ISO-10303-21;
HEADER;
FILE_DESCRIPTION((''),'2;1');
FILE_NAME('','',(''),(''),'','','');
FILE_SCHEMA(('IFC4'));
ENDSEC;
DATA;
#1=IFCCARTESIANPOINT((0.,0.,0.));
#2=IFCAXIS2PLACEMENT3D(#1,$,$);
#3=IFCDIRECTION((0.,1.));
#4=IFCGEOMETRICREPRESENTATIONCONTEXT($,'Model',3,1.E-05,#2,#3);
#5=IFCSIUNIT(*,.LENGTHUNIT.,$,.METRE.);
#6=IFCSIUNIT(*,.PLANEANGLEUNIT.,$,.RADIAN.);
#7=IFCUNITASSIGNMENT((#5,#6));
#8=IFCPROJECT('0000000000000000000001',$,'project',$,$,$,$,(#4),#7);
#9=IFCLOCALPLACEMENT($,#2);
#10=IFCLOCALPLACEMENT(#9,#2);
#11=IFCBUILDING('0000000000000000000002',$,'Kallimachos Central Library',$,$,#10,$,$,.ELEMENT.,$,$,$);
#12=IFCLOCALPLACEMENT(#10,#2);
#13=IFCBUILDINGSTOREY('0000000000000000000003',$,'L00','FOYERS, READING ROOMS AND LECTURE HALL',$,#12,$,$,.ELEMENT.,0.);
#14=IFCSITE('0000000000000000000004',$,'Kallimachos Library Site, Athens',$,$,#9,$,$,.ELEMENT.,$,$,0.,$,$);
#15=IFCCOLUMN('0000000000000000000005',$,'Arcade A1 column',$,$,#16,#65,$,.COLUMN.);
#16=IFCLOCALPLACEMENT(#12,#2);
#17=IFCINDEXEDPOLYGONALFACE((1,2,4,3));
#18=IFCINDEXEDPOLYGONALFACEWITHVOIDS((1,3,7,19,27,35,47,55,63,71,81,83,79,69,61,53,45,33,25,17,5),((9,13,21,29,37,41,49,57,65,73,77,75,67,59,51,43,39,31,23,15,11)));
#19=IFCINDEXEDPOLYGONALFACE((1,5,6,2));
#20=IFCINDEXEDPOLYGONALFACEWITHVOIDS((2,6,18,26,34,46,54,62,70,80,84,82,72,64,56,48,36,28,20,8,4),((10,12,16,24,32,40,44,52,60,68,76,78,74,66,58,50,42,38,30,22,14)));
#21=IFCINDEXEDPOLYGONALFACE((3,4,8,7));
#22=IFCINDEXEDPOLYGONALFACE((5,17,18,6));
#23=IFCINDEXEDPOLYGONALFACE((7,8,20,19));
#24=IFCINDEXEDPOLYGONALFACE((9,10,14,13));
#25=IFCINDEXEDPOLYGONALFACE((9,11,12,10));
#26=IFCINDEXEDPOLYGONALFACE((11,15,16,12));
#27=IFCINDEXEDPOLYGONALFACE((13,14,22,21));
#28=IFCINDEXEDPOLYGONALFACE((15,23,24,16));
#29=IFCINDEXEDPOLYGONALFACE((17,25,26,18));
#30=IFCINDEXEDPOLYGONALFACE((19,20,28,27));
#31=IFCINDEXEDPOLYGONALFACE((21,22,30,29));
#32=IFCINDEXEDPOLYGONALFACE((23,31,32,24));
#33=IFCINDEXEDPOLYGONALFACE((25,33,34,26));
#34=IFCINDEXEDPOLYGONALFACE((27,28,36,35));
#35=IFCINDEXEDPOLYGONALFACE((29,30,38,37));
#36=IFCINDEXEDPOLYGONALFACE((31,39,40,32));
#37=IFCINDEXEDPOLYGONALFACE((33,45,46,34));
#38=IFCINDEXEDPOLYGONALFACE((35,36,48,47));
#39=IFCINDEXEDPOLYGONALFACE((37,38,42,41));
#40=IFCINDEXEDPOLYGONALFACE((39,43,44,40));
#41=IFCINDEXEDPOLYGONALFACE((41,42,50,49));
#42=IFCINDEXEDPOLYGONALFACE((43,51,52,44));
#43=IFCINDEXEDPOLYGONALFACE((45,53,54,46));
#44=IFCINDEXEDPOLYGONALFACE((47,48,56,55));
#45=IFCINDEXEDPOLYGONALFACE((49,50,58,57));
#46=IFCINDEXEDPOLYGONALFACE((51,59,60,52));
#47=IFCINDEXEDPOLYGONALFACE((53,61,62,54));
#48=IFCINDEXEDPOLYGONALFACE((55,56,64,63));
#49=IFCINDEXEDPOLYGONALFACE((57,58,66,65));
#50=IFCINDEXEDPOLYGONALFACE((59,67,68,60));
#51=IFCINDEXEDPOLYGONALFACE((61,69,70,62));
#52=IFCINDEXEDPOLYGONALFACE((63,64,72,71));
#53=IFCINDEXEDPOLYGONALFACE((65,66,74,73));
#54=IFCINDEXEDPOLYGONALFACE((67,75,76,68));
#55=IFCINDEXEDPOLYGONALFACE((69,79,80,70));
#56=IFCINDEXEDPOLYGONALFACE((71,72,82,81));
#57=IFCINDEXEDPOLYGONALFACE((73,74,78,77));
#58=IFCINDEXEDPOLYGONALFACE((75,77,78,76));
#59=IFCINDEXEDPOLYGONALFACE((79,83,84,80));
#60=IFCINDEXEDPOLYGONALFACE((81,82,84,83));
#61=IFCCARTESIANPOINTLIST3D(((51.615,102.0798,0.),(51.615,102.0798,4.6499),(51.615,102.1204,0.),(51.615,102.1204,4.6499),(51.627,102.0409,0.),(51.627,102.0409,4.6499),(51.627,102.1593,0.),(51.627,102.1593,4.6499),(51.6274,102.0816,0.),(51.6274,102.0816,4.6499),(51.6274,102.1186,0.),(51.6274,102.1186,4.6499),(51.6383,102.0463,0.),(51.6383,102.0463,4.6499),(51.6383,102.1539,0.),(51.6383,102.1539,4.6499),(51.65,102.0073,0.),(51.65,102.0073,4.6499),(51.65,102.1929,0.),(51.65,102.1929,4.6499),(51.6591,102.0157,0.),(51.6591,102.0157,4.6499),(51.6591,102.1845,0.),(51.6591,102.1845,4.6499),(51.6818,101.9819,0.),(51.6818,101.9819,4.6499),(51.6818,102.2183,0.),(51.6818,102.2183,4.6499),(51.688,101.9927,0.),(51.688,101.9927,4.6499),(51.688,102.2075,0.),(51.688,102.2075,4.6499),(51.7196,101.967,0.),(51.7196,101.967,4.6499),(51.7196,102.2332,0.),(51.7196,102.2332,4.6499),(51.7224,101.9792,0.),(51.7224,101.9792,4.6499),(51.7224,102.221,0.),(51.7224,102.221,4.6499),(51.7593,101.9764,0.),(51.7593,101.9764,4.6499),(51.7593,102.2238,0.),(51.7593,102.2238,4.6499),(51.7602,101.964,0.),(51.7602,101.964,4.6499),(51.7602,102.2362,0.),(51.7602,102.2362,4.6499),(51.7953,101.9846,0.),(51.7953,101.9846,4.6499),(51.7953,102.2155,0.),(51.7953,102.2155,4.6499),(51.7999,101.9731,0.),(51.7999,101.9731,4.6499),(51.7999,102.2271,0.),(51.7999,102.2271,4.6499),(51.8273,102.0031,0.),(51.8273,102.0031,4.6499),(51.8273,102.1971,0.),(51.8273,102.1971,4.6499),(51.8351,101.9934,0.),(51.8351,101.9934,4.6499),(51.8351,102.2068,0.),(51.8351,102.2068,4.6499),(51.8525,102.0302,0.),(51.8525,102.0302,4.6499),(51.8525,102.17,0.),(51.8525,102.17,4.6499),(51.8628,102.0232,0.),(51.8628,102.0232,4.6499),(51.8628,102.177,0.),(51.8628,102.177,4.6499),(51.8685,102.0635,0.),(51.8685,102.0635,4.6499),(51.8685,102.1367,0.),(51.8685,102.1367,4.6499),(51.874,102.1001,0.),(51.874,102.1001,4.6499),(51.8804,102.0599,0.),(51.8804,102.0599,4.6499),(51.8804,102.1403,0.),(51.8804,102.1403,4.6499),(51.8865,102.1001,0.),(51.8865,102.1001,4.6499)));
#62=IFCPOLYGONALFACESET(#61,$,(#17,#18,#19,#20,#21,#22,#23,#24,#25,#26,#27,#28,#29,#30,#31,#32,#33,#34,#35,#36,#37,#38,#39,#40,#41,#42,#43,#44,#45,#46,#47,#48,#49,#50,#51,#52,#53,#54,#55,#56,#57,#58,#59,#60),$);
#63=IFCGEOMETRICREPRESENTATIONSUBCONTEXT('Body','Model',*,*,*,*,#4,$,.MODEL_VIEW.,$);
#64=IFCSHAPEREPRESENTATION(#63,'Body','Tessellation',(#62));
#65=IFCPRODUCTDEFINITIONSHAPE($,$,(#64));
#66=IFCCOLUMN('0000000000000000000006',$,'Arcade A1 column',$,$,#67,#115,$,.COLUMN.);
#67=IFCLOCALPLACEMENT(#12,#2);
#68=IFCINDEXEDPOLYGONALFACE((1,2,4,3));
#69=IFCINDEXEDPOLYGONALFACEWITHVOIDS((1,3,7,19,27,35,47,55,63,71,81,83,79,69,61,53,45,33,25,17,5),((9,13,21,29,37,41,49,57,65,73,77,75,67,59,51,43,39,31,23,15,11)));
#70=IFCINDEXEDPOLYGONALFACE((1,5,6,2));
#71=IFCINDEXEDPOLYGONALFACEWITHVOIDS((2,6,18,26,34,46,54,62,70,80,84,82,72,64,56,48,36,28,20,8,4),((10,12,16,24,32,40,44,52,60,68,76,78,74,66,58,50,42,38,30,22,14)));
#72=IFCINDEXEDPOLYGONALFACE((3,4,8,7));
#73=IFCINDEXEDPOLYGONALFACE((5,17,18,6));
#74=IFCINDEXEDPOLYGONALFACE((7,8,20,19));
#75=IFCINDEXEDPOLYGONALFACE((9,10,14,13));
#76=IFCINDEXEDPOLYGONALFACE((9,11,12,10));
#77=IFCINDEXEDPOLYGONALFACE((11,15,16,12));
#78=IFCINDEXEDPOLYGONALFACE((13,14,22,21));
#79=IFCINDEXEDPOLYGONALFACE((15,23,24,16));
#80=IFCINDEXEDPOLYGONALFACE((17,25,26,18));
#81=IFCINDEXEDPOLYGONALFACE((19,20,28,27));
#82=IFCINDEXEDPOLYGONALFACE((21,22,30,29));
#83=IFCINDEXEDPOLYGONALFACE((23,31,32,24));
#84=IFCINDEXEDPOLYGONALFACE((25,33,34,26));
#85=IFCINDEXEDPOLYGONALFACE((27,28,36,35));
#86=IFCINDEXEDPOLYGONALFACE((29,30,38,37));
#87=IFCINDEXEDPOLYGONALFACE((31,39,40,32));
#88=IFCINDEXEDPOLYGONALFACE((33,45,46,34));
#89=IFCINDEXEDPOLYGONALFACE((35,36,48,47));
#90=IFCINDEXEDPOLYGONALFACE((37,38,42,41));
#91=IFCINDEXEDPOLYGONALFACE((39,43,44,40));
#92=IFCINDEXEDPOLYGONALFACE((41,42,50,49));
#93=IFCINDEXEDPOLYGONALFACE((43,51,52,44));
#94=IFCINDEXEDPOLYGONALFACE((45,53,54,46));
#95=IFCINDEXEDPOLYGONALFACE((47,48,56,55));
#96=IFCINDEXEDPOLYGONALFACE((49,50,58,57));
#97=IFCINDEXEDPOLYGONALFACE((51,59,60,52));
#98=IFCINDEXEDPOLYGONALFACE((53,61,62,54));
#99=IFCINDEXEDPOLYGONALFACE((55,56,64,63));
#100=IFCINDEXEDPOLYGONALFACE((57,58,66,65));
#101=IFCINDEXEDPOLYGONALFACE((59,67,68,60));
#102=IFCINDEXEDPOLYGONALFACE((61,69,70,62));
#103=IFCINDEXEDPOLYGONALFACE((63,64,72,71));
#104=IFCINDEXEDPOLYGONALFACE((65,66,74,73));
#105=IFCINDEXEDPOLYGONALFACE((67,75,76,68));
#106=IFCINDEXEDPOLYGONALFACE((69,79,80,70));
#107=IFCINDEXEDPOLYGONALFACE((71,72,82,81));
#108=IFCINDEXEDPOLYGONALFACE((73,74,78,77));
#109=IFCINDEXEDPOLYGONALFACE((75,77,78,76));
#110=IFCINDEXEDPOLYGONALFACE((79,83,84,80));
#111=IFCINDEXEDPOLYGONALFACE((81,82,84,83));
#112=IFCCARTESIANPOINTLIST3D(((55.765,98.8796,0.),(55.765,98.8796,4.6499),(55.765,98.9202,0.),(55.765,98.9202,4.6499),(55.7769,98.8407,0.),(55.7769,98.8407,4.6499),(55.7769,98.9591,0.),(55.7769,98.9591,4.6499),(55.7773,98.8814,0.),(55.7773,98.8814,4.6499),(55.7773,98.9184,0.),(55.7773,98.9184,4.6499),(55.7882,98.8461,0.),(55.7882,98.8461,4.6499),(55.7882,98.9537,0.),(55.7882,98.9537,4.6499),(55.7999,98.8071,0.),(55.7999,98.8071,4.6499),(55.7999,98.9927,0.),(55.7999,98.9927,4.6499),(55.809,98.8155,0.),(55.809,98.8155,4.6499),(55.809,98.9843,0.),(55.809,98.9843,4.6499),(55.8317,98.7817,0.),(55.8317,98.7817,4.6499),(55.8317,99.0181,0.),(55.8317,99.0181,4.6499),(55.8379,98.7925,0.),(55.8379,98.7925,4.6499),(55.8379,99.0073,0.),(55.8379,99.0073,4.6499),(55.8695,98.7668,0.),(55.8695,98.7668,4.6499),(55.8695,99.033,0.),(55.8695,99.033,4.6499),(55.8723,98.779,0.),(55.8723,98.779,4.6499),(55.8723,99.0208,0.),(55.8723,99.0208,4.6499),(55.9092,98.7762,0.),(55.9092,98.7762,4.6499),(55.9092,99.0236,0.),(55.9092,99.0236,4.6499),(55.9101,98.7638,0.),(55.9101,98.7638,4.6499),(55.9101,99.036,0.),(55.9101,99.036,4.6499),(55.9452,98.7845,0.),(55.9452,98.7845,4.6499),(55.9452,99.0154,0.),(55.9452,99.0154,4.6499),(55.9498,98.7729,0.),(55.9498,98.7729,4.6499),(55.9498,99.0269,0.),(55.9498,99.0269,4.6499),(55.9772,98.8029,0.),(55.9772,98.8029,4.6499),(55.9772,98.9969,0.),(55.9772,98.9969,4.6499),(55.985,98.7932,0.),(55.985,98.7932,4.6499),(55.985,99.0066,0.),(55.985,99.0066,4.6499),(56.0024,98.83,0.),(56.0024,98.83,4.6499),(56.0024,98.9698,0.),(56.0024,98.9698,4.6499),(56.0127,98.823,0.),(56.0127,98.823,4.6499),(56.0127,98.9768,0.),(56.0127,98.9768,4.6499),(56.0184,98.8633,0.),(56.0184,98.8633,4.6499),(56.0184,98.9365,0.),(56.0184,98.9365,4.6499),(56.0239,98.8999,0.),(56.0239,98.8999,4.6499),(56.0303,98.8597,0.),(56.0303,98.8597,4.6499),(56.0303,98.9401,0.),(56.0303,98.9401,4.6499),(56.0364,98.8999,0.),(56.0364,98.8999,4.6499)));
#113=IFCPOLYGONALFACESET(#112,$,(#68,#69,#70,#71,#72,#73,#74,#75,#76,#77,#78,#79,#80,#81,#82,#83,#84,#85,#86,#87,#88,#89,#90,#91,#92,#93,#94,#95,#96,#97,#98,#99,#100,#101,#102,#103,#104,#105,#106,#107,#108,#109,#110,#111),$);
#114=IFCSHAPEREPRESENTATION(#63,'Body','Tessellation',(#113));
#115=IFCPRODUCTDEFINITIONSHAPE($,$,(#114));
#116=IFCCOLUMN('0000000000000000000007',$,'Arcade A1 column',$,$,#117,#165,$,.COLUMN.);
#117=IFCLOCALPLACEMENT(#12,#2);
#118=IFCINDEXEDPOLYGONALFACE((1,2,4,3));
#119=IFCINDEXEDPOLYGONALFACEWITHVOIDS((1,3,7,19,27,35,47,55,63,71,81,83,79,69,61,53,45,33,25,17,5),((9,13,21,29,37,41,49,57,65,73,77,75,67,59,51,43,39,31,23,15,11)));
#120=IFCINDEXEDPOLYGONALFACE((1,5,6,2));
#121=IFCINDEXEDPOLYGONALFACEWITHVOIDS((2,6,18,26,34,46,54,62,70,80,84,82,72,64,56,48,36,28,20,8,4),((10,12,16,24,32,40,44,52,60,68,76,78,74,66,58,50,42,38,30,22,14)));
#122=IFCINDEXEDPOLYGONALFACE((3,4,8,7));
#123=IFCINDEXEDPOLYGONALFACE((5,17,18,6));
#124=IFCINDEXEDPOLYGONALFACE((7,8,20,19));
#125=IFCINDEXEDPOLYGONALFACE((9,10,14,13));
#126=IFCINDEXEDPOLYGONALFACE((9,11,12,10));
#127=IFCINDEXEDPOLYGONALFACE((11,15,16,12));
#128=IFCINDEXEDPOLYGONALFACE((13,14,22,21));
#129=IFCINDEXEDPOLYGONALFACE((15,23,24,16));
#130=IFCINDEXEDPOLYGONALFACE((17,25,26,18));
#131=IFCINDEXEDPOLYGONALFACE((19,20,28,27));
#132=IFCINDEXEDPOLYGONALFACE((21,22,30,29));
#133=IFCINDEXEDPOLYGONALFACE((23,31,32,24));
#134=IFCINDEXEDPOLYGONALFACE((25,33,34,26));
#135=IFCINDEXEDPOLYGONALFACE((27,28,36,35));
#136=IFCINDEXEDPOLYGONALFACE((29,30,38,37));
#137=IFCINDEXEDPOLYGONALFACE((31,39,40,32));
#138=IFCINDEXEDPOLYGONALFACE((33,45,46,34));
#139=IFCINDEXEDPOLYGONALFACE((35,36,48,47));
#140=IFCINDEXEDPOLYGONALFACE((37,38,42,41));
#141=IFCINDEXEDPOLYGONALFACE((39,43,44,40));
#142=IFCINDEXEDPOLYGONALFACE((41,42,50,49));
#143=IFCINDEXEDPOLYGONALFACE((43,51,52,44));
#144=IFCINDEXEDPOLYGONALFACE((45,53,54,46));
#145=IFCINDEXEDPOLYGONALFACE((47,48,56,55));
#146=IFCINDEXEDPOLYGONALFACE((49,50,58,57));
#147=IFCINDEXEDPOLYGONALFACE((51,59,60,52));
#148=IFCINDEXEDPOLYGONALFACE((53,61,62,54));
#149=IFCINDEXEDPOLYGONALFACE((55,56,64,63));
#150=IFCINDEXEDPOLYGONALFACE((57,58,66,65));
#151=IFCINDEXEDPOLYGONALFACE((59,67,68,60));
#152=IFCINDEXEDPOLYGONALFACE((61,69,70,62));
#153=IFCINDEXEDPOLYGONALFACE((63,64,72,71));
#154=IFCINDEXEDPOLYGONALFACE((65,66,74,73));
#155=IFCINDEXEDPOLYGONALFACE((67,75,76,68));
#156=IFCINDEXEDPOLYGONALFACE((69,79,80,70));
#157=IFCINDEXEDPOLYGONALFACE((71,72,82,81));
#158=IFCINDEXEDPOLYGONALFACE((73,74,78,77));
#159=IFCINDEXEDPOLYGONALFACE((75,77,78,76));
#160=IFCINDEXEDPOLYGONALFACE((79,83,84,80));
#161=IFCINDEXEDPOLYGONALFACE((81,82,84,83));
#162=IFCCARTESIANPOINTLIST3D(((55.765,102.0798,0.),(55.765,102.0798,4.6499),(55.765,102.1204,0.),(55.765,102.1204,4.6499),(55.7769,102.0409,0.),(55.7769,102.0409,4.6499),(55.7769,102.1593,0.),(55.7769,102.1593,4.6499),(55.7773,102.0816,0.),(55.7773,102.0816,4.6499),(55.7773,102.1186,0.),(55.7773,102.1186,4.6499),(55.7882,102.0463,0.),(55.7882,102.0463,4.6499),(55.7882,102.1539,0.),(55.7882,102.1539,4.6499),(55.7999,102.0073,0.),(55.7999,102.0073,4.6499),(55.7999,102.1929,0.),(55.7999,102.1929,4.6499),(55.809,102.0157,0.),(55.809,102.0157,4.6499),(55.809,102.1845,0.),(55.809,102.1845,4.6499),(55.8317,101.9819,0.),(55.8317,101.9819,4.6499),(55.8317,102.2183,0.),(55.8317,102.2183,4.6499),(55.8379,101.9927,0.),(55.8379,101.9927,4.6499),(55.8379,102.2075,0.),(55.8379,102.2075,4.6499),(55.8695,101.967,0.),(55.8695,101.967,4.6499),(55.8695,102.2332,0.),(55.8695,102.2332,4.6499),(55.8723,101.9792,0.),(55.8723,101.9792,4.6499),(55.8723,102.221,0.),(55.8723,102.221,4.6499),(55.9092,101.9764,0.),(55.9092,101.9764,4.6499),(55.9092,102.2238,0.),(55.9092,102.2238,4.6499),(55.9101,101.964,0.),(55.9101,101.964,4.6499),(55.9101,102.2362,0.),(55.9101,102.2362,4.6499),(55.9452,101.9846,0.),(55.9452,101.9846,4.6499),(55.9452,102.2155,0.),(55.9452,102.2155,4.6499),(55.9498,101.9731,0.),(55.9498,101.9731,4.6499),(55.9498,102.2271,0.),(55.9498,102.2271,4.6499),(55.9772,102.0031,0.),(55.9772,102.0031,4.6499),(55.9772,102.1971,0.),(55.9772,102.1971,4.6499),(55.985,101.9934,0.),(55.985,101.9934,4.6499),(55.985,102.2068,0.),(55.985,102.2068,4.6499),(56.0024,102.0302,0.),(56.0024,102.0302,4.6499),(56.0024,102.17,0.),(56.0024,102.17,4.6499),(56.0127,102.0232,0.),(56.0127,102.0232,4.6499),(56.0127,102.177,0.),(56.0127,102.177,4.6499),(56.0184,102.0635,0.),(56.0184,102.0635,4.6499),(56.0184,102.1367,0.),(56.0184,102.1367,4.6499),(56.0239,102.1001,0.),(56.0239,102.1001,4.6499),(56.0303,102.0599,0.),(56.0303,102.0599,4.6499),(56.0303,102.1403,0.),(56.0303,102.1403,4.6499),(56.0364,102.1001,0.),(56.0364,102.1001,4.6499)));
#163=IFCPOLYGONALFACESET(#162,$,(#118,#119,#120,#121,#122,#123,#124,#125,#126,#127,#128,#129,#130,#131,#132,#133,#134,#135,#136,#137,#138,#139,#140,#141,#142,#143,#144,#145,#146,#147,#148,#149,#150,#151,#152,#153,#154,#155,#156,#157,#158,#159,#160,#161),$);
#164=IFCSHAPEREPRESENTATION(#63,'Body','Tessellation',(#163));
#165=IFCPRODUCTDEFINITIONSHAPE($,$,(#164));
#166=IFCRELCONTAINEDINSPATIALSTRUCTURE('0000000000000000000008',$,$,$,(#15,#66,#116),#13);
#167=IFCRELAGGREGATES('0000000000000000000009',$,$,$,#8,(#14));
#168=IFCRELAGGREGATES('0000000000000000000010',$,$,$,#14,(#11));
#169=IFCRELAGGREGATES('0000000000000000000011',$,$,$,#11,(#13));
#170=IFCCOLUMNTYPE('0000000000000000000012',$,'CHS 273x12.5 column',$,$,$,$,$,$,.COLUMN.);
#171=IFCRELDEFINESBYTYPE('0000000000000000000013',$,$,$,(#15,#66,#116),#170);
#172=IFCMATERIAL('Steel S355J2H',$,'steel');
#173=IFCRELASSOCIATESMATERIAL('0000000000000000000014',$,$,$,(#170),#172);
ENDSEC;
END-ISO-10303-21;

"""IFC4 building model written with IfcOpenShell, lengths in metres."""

from ifc_helpers import new_model, si_unit, direction, frame, origin, origin_2d, place, context, subcontext, project, spatial, hollow_circle, extrude, material, material_profile, profile_set, type_object, element, save


model = new_model("IFC4")

# Units and contexts
model_context = context("Model", 3, precision=1e-05, world=origin(), true_north=direction((0.0, 1.0)))
body_context = subcontext(model_context, "Body", "Model", "MODEL_VIEW")
ifc_project = project(units=[si_unit("LENGTHUNIT", "METRE"), si_unit("PLANEANGLEUNIT", "RADIAN")], contexts=[model_context])

# Site, building, storey
site_placement = place(None, origin())
site = spatial("IfcSite", under=ifc_project, at=site_placement, Name="Kallimachos Library Site, Athens", CompositionType="ELEMENT", RefElevation=0.0)
building_placement = place(site_placement, origin())
building = spatial("IfcBuilding", under=site, at=building_placement, Name="Kallimachos Central Library", CompositionType="ELEMENT")
storey_placement = place(building_placement, origin())
storey = spatial("IfcBuildingStorey", under=building, at=storey_placement, Name="L00", Description="FOYERS, READING ROOMS AND LECTURE HALL", CompositionType="ELEMENT", Elevation=0.0)

# Columns
ifc_material_1 = material(Name="Steel S355J2H", Category="steel")
ifc_material_profile_1 = material_profile(ifc_material_1, hollow_circle(Radius=0.1365, WallThickness=0.0125, at=origin_2d()), Name="CHS 273x12.5")
ifc_profile_set_1 = profile_set([ifc_material_profile_1], Name="Steel S355J2H")
column_type = type_object("IfcColumnType", Name="CHS 273x12.5 column", PredefinedType="COLUMN", material=ifc_profile_set_1)
for number, where, z_axis, x_axis, name in (
    (1, (51.75, 102.1001, 0.0), (0.0, 0.0, 1.0), (1.0, 0.0, 0.0), "Arcade A1 column"),
    (2, (55.8999, 98.8999, 0.0), (0.0, 0.0, 1.0), (1.0, 0.0, 0.0), "Arcade A1 column"),
    (3, (55.8999, 102.1001, 0.0), (0.0, 0.0, 1.0), (1.0, 0.0, 0.0), "Arcade A1 column"),
):
    element("IfcColumn", number, at=place(storey_placement, frame(where, z_axis=z_axis, x_axis=x_axis)), inside=storey, type_object=column_type, Name=name, PredefinedType="COLUMN", context=body_context, shape_type="SweptSolid", body=[
        extrude(hollow_circle(Radius=0.1365, WallThickness=0.0125, at=origin_2d()), origin(), (0.0, 0.0, 1.0), 4.6499),
    ])

save(model, "model.ifc")
